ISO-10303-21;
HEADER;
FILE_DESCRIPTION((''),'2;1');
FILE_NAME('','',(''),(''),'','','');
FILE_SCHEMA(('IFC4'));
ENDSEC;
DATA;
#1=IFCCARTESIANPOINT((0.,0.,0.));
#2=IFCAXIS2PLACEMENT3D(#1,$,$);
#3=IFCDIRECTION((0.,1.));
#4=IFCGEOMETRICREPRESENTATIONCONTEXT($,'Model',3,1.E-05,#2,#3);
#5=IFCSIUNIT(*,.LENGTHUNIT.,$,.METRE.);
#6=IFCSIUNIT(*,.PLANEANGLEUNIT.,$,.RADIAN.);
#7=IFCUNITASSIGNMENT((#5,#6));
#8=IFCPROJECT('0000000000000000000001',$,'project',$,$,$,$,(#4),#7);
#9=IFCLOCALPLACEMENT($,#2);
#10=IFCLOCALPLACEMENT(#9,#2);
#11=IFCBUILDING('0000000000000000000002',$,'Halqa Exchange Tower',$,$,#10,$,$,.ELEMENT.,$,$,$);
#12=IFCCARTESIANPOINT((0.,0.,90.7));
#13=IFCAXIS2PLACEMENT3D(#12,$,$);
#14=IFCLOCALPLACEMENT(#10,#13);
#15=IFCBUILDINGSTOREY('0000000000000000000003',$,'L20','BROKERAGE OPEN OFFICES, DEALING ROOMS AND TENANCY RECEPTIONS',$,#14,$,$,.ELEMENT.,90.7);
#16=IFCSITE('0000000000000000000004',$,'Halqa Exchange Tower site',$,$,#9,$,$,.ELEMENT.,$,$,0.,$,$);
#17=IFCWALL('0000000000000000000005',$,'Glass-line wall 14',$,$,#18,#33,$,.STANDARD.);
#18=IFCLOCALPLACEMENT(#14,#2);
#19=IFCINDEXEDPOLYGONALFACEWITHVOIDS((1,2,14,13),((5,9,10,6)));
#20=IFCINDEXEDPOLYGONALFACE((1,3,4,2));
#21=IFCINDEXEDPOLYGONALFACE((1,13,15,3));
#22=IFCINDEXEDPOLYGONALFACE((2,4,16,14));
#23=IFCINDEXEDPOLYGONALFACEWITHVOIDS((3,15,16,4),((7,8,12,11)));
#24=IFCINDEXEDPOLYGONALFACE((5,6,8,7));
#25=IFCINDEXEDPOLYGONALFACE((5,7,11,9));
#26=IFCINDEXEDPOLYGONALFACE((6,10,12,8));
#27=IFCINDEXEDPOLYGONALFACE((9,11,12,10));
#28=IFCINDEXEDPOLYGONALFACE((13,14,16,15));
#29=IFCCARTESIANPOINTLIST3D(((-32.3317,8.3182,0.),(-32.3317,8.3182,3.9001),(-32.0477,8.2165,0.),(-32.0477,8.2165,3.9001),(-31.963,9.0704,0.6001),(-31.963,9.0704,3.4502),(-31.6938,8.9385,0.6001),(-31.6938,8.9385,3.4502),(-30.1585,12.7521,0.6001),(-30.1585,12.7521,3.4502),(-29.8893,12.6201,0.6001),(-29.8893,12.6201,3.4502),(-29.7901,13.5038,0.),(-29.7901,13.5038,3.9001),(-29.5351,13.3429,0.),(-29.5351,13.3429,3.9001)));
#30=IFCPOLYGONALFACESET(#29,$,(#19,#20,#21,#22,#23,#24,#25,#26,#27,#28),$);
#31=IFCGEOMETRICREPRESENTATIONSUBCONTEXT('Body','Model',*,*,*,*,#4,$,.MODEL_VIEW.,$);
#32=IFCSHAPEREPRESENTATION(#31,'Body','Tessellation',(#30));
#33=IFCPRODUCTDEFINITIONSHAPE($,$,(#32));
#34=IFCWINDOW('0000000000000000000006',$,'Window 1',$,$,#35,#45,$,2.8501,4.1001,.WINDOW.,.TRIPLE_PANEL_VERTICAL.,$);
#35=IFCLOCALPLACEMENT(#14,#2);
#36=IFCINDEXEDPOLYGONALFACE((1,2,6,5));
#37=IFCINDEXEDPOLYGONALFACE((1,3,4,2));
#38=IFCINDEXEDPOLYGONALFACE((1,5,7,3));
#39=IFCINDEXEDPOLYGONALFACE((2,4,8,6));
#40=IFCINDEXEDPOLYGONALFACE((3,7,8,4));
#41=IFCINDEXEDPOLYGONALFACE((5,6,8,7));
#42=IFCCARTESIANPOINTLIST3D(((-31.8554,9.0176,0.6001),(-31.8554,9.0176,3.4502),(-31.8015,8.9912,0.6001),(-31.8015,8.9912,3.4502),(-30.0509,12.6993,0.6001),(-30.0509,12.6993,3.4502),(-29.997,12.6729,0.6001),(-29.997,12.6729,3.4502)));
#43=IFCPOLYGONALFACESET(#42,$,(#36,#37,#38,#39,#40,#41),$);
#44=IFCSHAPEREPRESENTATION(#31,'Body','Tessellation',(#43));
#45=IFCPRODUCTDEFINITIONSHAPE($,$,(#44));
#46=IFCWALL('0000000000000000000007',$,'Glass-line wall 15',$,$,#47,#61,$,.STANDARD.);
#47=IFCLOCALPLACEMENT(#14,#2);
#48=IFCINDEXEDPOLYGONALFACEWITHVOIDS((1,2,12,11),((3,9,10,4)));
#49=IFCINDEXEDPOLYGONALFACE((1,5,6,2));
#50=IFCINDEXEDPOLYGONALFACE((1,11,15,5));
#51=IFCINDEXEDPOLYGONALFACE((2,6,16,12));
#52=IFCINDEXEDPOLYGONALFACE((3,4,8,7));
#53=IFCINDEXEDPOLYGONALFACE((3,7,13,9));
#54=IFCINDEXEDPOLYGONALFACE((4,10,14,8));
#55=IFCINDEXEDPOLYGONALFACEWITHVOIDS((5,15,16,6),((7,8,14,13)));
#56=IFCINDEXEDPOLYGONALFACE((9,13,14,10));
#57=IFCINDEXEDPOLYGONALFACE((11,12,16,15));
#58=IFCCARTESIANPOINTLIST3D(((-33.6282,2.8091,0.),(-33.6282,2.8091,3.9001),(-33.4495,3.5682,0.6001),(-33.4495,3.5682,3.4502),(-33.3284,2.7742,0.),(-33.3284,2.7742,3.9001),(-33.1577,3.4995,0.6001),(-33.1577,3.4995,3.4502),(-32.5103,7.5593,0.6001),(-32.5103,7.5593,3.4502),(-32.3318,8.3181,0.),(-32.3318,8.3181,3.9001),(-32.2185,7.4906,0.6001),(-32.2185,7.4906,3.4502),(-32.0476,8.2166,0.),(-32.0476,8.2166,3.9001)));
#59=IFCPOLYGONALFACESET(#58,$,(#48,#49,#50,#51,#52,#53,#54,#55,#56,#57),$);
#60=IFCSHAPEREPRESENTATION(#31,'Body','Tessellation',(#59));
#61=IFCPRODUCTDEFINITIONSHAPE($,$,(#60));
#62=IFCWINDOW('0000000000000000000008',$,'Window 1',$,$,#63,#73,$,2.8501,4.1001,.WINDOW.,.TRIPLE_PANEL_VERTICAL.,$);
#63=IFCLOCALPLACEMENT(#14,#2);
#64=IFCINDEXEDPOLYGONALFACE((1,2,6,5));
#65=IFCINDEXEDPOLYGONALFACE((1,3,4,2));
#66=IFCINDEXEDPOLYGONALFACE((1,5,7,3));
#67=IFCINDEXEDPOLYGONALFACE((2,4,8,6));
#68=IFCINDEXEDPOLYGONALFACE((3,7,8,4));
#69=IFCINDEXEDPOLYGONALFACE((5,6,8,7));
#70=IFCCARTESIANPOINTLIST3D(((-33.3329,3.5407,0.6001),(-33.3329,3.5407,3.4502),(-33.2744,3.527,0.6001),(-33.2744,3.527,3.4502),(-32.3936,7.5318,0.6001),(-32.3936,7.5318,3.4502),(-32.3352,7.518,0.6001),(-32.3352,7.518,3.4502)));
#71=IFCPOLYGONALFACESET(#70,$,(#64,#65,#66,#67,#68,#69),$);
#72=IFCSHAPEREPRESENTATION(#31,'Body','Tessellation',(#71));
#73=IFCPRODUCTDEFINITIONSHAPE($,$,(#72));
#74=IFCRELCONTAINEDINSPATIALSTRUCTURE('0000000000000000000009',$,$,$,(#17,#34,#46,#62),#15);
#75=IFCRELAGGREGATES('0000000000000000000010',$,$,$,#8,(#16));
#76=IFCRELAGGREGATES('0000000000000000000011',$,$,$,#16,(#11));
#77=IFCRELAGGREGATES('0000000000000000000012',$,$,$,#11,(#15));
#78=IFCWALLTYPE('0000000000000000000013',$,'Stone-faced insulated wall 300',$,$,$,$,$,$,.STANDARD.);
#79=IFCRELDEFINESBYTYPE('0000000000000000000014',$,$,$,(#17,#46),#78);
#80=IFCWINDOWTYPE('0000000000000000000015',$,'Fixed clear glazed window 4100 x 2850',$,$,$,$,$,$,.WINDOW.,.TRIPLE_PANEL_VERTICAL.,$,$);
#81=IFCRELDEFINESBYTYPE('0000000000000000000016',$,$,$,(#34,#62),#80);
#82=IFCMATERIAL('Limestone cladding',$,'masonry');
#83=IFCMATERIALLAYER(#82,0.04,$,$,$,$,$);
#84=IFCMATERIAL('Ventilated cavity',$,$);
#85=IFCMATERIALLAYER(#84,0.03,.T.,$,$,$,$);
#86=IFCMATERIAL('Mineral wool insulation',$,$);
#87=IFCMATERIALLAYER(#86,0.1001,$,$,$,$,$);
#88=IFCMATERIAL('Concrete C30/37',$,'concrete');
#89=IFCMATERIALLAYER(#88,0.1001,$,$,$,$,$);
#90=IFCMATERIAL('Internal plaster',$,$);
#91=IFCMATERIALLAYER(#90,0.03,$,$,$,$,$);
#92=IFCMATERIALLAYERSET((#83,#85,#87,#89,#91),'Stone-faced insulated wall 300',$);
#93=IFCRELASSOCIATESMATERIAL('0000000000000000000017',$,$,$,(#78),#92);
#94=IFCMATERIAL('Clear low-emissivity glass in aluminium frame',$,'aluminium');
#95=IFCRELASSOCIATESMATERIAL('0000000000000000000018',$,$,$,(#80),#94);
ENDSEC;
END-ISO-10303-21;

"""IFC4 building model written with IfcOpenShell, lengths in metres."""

from ifc_helpers import new_model, si_unit, direction, frame, frame_2d, origin, place, context, subcontext, project, spatial, polyline, rectangle, outline, extrude, material, layer, layer_set, type_object, element, fill, save


model = new_model("IFC4")

# Units and contexts
model_context = context("Model", 3, precision=1e-05, world=origin(), true_north=direction((0.0, 1.0)))
body_context = subcontext(model_context, "Body", "Model", "MODEL_VIEW")
ifc_project = project(units=[si_unit("LENGTHUNIT", "METRE"), si_unit("PLANEANGLEUNIT", "RADIAN")], contexts=[model_context])

# Site, building, storey
site_placement = place(None, origin())
site = spatial("IfcSite", under=ifc_project, at=site_placement, Name="Halqa Exchange Tower site", CompositionType="ELEMENT", RefElevation=0.0)
building_placement = place(site_placement, origin())
building = spatial("IfcBuilding", under=site, at=building_placement, Name="Halqa Exchange Tower", CompositionType="ELEMENT")
storey_placement = place(building_placement, frame((0.0, 0.0, 90.7)))
storey = spatial("IfcBuildingStorey", under=building, at=storey_placement, Name="L20", Description="BROKERAGE OPEN OFFICES, DEALING ROOMS AND TENANCY RECEPTIONS", CompositionType="ELEMENT", Elevation=90.7)

# Walls, openings, windows
ifc_material_1 = material(Name="Limestone cladding", Category="masonry")
ifc_layer_1 = layer(ifc_material_1, 0.04)
ifc_material_2 = material(Name="Ventilated cavity")
ifc_layer_2 = layer(ifc_material_2, 0.03, ventilated=True)
ifc_material_3 = material(Name="Mineral wool insulation")
ifc_layer_3 = layer(ifc_material_3, 0.1001)
ifc_material_4 = material(Name="Concrete C30/37", Category="concrete")
ifc_layer_4 = layer(ifc_material_4, 0.1001)
ifc_material_5 = material(Name="Internal plaster")
ifc_layer_5 = layer(ifc_material_5, 0.03)
ifc_layer_set_1 = layer_set([ifc_layer_1, ifc_layer_2, ifc_layer_3, ifc_layer_4, ifc_layer_5], Name="Stone-faced insulated wall 300")
wall_type_1 = type_object("IfcWallType", Name="Stone-faced insulated wall 300", PredefinedType="STANDARD", material=ifc_layer_set_1)
wall_1_placement = place(storey_placement, frame((-29.6626, 13.4233, 0.0), z_axis=(0.0, 0.0, 1.0), x_axis=(-0.440107, -0.897945, 0.0)))
wall_1 = element("IfcWall", 1, at=wall_1_placement, inside=storey, type_object=wall_type_1, Name="Glass-line wall 14", PredefinedType="STANDARD", context=body_context, shape_type="SweptSolid", body=[
    extrude(outline(polyline([(-0.0161, -0.1499), (5.7588, -0.1499), (5.7251, 0.1499), (0.0161, 0.1499), (-0.0161, -0.1499)])), origin(), (0.0, 0.0, 1.0), 3.9001),
])
opening_1_placement = place(wall_1_placement, frame((0.821, 0.0, 0.6001)))
opening_1 = element("IfcOpeningElement", 2, at=opening_1_placement, cuts=wall_1, PredefinedType="OPENING", context=body_context, shape_type="SweptSolid", body=[
    extrude(rectangle(XDim=4.1001, YDim=2.8501, at=frame_2d((2.05, 1.425))), frame((0.0, 0.1621, 0.0), z_axis=(0.0, -1.0, 0.0), x_axis=(1.0, 0.0, 0.0)), (0.0, 0.0, 1.0), 0.324),
])
ifc_material_6 = material(Name="Clear low-emissivity glass in aluminium frame", Category="aluminium")
window_type = type_object("IfcWindowType", Name="Fixed clear glazed window 4100 x 2850", PartitioningType="TRIPLE_PANEL_VERTICAL", PredefinedType="WINDOW", material=ifc_material_6)
window_1_placement = place(opening_1_placement, origin())
window_1 = element("IfcWindow", 3, at=window_1_placement, inside=storey, type_object=window_type, Name="Window 1", OverallHeight=2.8501, OverallWidth=4.1001, PartitioningType="TRIPLE_PANEL_VERTICAL", PredefinedType="WINDOW", context=body_context, shape_type="SweptSolid", body=[
    extrude(rectangle(XDim=4.1001, YDim=2.8501, at=frame_2d((2.05, 1.425))), frame((0.0, 0.03, 0.0), z_axis=(0.0, -1.0, 0.0), x_axis=(1.0, 0.0, 0.0)), (0.0, 0.0, 1.0), 0.0601),
])
fill(opening_1, window_1)
wall_2_placement = place(storey_placement, frame((-32.1897, 8.2673, 0.0), z_axis=(0.0, 0.0, 1.0), x_axis=(-0.229073, -0.973409, 0.0)))
wall_2 = element("IfcWall", 4, at=wall_2_placement, inside=storey, type_object=wall_type_1, Name="Glass-line wall 15", PredefinedType="STANDARD", context=body_context, shape_type="SweptSolid", body=[
    extrude(outline(polyline([(-0.0168, -0.1499), (5.6426, -0.1499), (5.6079, 0.1499), (0.0168, 0.1499), (-0.0168, -0.1499)])), origin(), (0.0, 0.0, 1.0), 3.9001),
])
opening_2_placement = place(wall_2_placement, frame((0.7627, 0.0, 0.6001)))
opening_2 = element("IfcOpeningElement", 5, at=opening_2_placement, cuts=wall_2, PredefinedType="OPENING", context=body_context, shape_type="SweptSolid", body=[
    extrude(rectangle(XDim=4.1001, YDim=2.8501, at=frame_2d((2.05, 1.425))), frame((0.0, 0.1621, 0.0), z_axis=(0.0, -1.0, 0.0), x_axis=(1.0, 0.0, 0.0)), (0.0, 0.0, 1.0), 0.324),
])
window_2_placement = place(opening_2_placement, origin())
window_2 = element("IfcWindow", 6, at=window_2_placement, inside=storey, type_object=window_type, Name="Window 1", OverallHeight=2.8501, OverallWidth=4.1001, PartitioningType="TRIPLE_PANEL_VERTICAL", PredefinedType="WINDOW", context=body_context, shape_type="SweptSolid", body=[
    extrude(rectangle(XDim=4.1001, YDim=2.8501, at=frame_2d((2.05, 1.425))), frame((0.0, 0.03, 0.0), z_axis=(0.0, -1.0, 0.0), x_axis=(1.0, 0.0, 0.0)), (0.0, 0.0, 1.0), 0.0601),
])
fill(opening_2, window_2)

save(model, "model.ifc")
